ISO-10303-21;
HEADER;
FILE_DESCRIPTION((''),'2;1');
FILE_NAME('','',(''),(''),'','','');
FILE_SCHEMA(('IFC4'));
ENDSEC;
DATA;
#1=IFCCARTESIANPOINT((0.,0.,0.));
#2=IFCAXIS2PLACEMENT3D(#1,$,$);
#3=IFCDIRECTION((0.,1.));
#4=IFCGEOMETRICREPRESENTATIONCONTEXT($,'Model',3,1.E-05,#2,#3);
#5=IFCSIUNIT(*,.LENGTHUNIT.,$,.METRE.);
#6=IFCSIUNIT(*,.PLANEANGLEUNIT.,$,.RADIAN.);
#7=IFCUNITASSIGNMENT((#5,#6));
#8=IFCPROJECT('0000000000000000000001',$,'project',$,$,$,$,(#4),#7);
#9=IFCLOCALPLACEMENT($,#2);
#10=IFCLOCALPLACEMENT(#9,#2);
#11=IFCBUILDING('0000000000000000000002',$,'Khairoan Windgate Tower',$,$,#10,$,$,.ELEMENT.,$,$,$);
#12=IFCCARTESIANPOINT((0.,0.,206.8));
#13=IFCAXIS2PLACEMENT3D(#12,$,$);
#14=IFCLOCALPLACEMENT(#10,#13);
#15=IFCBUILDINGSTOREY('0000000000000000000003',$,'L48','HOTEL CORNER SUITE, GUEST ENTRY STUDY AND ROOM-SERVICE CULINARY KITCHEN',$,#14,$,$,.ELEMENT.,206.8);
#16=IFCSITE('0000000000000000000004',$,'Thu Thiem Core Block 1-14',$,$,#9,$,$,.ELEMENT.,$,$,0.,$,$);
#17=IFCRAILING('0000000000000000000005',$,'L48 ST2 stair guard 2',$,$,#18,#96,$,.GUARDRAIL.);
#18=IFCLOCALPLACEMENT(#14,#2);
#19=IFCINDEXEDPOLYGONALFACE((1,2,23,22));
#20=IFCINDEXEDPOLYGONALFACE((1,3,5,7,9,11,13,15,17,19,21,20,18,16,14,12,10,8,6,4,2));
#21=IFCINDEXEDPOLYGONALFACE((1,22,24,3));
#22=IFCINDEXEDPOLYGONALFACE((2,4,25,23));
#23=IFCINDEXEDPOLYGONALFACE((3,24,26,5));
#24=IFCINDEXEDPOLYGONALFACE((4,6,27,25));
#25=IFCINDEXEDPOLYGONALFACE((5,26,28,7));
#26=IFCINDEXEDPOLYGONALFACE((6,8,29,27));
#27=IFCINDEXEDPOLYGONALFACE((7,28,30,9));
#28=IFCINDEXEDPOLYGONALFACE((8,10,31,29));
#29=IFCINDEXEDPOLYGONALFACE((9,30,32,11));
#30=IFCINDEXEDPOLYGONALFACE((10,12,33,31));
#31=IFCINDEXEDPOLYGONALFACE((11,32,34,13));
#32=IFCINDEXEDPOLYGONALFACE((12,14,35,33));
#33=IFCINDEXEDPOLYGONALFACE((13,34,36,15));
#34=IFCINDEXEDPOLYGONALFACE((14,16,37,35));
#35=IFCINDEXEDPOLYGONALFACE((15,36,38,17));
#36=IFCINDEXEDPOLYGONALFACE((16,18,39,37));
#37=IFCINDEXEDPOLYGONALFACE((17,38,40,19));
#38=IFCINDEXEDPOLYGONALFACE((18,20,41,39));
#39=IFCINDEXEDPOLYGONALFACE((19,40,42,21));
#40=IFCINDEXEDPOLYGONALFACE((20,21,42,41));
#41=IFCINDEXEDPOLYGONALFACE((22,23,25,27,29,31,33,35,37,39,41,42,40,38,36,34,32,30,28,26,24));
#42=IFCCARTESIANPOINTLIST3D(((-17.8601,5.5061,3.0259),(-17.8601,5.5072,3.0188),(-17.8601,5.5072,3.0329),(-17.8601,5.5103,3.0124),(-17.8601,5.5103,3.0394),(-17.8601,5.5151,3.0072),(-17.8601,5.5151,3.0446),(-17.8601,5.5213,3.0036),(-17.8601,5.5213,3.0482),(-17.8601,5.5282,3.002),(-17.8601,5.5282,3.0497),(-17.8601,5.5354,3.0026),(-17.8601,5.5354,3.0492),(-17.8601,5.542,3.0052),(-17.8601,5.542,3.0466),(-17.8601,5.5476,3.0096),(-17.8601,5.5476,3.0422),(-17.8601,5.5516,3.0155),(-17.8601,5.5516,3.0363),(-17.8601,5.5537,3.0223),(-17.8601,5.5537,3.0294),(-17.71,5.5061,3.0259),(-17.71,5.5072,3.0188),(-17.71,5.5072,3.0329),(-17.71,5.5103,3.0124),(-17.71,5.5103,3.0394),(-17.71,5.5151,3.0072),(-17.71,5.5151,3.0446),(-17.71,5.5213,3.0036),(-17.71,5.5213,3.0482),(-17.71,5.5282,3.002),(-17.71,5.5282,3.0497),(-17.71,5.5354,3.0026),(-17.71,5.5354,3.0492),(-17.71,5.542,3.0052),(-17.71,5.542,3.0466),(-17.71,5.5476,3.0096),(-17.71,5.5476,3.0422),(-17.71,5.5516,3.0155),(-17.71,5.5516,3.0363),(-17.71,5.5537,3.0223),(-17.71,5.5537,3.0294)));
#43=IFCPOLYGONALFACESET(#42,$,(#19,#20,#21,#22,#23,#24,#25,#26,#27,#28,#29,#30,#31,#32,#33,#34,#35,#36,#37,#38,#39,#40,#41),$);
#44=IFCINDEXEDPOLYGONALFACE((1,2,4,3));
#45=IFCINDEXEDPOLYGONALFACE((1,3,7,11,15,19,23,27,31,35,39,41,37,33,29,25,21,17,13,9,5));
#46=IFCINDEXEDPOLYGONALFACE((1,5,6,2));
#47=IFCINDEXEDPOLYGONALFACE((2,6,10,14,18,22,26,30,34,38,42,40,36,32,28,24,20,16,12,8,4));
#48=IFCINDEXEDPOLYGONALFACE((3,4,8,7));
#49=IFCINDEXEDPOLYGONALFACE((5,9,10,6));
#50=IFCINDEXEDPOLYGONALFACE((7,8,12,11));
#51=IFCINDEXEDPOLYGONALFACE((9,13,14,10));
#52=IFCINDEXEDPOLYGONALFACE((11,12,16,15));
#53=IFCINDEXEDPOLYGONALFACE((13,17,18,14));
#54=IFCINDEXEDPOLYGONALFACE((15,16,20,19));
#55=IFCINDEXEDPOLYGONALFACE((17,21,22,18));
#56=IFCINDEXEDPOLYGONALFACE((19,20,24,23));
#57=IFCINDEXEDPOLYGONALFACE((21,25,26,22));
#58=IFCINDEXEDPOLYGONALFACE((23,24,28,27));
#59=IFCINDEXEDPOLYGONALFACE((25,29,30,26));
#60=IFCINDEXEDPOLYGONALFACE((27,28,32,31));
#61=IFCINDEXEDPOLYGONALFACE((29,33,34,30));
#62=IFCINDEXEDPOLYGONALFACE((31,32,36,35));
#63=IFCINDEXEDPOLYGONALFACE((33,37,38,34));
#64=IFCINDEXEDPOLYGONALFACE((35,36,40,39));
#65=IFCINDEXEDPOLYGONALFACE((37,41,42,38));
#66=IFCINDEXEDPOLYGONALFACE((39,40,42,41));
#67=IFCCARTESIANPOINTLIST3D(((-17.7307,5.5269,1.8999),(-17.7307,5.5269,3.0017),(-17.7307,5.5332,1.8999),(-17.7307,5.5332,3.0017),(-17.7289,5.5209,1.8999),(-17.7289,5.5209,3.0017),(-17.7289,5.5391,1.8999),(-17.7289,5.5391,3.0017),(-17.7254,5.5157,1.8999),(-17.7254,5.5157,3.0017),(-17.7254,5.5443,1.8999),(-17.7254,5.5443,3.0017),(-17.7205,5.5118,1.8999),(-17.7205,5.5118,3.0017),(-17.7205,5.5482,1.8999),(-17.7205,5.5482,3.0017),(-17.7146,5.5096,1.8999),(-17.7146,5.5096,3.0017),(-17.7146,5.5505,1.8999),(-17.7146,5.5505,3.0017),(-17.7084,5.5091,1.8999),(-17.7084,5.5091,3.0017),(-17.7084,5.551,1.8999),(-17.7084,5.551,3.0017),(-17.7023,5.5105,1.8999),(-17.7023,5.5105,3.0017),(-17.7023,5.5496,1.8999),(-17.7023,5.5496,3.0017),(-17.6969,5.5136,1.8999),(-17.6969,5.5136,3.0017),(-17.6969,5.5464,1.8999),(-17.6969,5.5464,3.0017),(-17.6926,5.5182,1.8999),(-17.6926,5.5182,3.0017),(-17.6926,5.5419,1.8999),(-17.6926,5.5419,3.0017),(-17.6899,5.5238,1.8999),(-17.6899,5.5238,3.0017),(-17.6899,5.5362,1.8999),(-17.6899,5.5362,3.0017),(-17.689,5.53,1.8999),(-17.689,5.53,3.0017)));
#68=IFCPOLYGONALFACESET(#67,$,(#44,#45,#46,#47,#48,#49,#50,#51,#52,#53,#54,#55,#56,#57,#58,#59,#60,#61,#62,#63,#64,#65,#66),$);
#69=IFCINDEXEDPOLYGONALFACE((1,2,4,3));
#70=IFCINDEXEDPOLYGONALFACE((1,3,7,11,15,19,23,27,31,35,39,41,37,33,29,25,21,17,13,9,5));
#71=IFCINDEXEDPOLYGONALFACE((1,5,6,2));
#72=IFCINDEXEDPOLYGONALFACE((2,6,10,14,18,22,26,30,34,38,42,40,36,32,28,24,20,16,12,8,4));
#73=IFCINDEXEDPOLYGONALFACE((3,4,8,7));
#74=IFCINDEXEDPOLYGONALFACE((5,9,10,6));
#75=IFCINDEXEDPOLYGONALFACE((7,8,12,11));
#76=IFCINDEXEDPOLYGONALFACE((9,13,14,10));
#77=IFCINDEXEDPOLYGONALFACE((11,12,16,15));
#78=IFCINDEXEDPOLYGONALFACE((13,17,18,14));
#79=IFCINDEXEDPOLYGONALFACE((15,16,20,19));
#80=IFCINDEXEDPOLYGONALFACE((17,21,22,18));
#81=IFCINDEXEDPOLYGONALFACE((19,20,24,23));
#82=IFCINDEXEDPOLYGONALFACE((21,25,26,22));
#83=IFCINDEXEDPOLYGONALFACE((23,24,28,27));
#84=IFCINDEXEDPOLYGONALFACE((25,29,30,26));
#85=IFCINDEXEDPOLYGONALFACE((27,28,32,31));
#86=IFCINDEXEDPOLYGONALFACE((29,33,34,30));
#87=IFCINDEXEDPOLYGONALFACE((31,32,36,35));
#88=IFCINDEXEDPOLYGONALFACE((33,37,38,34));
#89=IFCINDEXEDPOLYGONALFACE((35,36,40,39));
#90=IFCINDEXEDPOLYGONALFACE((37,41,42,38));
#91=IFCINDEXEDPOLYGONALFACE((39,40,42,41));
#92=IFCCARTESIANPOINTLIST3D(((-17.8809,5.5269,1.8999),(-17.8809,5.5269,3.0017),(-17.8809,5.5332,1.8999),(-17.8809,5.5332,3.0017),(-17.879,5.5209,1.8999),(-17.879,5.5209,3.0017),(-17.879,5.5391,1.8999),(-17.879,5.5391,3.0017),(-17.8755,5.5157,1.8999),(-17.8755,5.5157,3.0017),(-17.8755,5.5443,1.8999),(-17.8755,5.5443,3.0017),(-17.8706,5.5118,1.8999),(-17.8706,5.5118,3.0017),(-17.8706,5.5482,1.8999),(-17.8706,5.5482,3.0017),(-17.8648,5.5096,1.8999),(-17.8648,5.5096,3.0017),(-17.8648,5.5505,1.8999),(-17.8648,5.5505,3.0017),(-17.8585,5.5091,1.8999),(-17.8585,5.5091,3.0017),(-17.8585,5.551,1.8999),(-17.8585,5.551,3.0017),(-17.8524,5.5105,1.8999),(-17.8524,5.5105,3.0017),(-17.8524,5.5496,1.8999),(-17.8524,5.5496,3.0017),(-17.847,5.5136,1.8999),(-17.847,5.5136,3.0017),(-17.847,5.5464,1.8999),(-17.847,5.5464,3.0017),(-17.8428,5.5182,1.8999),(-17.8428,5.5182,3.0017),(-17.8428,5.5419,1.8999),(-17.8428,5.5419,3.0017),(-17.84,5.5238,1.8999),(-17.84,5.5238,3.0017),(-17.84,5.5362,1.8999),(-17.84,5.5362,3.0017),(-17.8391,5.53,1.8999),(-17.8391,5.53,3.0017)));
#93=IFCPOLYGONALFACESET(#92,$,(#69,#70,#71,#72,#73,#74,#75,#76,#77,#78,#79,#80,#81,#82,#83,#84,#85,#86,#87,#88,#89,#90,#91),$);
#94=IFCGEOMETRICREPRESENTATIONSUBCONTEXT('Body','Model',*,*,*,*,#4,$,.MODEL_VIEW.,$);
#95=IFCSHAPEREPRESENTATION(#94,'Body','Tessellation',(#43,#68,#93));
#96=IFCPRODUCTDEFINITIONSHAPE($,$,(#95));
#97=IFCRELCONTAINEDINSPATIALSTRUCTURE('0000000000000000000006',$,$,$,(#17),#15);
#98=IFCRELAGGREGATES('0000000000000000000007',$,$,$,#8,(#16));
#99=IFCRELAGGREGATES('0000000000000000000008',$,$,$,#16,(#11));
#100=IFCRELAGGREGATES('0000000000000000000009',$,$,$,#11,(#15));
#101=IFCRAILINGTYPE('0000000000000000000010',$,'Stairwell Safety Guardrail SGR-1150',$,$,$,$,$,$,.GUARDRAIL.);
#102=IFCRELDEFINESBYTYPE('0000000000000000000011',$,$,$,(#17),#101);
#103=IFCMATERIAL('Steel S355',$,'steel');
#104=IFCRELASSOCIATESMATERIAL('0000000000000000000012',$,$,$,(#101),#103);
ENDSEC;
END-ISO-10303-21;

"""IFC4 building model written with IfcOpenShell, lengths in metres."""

from ifc_helpers import new_model, si_unit, direction, frame, origin, origin_2d, place, context, subcontext, project, spatial, circle, extrude, material, type_object, element, save


model = new_model("IFC4")

# Units and contexts
model_context = context("Model", 3, precision=1e-05, world=origin(), true_north=direction((0.0, 1.0)))
body_context = subcontext(model_context, "Body", "Model", "MODEL_VIEW")
ifc_project = project(units=[si_unit("LENGTHUNIT", "METRE"), si_unit("PLANEANGLEUNIT", "RADIAN")], contexts=[model_context])

# Site, building, storey
site_placement = place(None, origin())
site = spatial("IfcSite", under=ifc_project, at=site_placement, Name="Thu Thiem Core Block 1-14", CompositionType="ELEMENT", RefElevation=0.0)
building_placement = place(site_placement, origin())
building = spatial("IfcBuilding", under=site, at=building_placement, Name="Khairoan Windgate Tower", CompositionType="ELEMENT")
storey_placement = place(building_placement, frame((0.0, 0.0, 206.8)))
storey = spatial("IfcBuildingStorey", under=building, at=storey_placement, Name="L48", Description="HOTEL CORNER SUITE, GUEST ENTRY STUDY AND ROOM-SERVICE CULINARY KITCHEN", CompositionType="ELEMENT", Elevation=206.8)

# Railing
ifc_material_1 = material(Name="Steel S355", Category="steel")
railing_type_1 = type_object("IfcRailingType", Name="Stairwell Safety Guardrail SGR-1150", PredefinedType="GUARDRAIL", material=ifc_material_1)
railing_1_placement = place(storey_placement, frame((-17.71, 5.53, 1.8999)))
element("IfcRailing", 1, at=railing_1_placement, inside=storey, type_object=railing_type_1, Name="L48 ST2 stair guard 2", PredefinedType="GUARDRAIL", context=body_context, shape_type="SweptSolid", body=[
    extrude(circle(Radius=0.0239, at=origin_2d()), frame((0.0, 0.0, 1.126), z_axis=(-1.0, 0.0, 0.0), x_axis=(0.0, -1.0, 0.0)), (0.0, 0.0, 1.0), 0.1501),
    extrude(circle(Radius=0.021, at=origin_2d()), origin(), (0.0, 0.0, 1.0), 1.1018),
    extrude(circle(Radius=0.021, at=origin_2d()), frame((-0.1501, 0.0, 0.0)), (0.0, 0.0, 1.0), 1.1018),
])

save(model, "model.ifc")
